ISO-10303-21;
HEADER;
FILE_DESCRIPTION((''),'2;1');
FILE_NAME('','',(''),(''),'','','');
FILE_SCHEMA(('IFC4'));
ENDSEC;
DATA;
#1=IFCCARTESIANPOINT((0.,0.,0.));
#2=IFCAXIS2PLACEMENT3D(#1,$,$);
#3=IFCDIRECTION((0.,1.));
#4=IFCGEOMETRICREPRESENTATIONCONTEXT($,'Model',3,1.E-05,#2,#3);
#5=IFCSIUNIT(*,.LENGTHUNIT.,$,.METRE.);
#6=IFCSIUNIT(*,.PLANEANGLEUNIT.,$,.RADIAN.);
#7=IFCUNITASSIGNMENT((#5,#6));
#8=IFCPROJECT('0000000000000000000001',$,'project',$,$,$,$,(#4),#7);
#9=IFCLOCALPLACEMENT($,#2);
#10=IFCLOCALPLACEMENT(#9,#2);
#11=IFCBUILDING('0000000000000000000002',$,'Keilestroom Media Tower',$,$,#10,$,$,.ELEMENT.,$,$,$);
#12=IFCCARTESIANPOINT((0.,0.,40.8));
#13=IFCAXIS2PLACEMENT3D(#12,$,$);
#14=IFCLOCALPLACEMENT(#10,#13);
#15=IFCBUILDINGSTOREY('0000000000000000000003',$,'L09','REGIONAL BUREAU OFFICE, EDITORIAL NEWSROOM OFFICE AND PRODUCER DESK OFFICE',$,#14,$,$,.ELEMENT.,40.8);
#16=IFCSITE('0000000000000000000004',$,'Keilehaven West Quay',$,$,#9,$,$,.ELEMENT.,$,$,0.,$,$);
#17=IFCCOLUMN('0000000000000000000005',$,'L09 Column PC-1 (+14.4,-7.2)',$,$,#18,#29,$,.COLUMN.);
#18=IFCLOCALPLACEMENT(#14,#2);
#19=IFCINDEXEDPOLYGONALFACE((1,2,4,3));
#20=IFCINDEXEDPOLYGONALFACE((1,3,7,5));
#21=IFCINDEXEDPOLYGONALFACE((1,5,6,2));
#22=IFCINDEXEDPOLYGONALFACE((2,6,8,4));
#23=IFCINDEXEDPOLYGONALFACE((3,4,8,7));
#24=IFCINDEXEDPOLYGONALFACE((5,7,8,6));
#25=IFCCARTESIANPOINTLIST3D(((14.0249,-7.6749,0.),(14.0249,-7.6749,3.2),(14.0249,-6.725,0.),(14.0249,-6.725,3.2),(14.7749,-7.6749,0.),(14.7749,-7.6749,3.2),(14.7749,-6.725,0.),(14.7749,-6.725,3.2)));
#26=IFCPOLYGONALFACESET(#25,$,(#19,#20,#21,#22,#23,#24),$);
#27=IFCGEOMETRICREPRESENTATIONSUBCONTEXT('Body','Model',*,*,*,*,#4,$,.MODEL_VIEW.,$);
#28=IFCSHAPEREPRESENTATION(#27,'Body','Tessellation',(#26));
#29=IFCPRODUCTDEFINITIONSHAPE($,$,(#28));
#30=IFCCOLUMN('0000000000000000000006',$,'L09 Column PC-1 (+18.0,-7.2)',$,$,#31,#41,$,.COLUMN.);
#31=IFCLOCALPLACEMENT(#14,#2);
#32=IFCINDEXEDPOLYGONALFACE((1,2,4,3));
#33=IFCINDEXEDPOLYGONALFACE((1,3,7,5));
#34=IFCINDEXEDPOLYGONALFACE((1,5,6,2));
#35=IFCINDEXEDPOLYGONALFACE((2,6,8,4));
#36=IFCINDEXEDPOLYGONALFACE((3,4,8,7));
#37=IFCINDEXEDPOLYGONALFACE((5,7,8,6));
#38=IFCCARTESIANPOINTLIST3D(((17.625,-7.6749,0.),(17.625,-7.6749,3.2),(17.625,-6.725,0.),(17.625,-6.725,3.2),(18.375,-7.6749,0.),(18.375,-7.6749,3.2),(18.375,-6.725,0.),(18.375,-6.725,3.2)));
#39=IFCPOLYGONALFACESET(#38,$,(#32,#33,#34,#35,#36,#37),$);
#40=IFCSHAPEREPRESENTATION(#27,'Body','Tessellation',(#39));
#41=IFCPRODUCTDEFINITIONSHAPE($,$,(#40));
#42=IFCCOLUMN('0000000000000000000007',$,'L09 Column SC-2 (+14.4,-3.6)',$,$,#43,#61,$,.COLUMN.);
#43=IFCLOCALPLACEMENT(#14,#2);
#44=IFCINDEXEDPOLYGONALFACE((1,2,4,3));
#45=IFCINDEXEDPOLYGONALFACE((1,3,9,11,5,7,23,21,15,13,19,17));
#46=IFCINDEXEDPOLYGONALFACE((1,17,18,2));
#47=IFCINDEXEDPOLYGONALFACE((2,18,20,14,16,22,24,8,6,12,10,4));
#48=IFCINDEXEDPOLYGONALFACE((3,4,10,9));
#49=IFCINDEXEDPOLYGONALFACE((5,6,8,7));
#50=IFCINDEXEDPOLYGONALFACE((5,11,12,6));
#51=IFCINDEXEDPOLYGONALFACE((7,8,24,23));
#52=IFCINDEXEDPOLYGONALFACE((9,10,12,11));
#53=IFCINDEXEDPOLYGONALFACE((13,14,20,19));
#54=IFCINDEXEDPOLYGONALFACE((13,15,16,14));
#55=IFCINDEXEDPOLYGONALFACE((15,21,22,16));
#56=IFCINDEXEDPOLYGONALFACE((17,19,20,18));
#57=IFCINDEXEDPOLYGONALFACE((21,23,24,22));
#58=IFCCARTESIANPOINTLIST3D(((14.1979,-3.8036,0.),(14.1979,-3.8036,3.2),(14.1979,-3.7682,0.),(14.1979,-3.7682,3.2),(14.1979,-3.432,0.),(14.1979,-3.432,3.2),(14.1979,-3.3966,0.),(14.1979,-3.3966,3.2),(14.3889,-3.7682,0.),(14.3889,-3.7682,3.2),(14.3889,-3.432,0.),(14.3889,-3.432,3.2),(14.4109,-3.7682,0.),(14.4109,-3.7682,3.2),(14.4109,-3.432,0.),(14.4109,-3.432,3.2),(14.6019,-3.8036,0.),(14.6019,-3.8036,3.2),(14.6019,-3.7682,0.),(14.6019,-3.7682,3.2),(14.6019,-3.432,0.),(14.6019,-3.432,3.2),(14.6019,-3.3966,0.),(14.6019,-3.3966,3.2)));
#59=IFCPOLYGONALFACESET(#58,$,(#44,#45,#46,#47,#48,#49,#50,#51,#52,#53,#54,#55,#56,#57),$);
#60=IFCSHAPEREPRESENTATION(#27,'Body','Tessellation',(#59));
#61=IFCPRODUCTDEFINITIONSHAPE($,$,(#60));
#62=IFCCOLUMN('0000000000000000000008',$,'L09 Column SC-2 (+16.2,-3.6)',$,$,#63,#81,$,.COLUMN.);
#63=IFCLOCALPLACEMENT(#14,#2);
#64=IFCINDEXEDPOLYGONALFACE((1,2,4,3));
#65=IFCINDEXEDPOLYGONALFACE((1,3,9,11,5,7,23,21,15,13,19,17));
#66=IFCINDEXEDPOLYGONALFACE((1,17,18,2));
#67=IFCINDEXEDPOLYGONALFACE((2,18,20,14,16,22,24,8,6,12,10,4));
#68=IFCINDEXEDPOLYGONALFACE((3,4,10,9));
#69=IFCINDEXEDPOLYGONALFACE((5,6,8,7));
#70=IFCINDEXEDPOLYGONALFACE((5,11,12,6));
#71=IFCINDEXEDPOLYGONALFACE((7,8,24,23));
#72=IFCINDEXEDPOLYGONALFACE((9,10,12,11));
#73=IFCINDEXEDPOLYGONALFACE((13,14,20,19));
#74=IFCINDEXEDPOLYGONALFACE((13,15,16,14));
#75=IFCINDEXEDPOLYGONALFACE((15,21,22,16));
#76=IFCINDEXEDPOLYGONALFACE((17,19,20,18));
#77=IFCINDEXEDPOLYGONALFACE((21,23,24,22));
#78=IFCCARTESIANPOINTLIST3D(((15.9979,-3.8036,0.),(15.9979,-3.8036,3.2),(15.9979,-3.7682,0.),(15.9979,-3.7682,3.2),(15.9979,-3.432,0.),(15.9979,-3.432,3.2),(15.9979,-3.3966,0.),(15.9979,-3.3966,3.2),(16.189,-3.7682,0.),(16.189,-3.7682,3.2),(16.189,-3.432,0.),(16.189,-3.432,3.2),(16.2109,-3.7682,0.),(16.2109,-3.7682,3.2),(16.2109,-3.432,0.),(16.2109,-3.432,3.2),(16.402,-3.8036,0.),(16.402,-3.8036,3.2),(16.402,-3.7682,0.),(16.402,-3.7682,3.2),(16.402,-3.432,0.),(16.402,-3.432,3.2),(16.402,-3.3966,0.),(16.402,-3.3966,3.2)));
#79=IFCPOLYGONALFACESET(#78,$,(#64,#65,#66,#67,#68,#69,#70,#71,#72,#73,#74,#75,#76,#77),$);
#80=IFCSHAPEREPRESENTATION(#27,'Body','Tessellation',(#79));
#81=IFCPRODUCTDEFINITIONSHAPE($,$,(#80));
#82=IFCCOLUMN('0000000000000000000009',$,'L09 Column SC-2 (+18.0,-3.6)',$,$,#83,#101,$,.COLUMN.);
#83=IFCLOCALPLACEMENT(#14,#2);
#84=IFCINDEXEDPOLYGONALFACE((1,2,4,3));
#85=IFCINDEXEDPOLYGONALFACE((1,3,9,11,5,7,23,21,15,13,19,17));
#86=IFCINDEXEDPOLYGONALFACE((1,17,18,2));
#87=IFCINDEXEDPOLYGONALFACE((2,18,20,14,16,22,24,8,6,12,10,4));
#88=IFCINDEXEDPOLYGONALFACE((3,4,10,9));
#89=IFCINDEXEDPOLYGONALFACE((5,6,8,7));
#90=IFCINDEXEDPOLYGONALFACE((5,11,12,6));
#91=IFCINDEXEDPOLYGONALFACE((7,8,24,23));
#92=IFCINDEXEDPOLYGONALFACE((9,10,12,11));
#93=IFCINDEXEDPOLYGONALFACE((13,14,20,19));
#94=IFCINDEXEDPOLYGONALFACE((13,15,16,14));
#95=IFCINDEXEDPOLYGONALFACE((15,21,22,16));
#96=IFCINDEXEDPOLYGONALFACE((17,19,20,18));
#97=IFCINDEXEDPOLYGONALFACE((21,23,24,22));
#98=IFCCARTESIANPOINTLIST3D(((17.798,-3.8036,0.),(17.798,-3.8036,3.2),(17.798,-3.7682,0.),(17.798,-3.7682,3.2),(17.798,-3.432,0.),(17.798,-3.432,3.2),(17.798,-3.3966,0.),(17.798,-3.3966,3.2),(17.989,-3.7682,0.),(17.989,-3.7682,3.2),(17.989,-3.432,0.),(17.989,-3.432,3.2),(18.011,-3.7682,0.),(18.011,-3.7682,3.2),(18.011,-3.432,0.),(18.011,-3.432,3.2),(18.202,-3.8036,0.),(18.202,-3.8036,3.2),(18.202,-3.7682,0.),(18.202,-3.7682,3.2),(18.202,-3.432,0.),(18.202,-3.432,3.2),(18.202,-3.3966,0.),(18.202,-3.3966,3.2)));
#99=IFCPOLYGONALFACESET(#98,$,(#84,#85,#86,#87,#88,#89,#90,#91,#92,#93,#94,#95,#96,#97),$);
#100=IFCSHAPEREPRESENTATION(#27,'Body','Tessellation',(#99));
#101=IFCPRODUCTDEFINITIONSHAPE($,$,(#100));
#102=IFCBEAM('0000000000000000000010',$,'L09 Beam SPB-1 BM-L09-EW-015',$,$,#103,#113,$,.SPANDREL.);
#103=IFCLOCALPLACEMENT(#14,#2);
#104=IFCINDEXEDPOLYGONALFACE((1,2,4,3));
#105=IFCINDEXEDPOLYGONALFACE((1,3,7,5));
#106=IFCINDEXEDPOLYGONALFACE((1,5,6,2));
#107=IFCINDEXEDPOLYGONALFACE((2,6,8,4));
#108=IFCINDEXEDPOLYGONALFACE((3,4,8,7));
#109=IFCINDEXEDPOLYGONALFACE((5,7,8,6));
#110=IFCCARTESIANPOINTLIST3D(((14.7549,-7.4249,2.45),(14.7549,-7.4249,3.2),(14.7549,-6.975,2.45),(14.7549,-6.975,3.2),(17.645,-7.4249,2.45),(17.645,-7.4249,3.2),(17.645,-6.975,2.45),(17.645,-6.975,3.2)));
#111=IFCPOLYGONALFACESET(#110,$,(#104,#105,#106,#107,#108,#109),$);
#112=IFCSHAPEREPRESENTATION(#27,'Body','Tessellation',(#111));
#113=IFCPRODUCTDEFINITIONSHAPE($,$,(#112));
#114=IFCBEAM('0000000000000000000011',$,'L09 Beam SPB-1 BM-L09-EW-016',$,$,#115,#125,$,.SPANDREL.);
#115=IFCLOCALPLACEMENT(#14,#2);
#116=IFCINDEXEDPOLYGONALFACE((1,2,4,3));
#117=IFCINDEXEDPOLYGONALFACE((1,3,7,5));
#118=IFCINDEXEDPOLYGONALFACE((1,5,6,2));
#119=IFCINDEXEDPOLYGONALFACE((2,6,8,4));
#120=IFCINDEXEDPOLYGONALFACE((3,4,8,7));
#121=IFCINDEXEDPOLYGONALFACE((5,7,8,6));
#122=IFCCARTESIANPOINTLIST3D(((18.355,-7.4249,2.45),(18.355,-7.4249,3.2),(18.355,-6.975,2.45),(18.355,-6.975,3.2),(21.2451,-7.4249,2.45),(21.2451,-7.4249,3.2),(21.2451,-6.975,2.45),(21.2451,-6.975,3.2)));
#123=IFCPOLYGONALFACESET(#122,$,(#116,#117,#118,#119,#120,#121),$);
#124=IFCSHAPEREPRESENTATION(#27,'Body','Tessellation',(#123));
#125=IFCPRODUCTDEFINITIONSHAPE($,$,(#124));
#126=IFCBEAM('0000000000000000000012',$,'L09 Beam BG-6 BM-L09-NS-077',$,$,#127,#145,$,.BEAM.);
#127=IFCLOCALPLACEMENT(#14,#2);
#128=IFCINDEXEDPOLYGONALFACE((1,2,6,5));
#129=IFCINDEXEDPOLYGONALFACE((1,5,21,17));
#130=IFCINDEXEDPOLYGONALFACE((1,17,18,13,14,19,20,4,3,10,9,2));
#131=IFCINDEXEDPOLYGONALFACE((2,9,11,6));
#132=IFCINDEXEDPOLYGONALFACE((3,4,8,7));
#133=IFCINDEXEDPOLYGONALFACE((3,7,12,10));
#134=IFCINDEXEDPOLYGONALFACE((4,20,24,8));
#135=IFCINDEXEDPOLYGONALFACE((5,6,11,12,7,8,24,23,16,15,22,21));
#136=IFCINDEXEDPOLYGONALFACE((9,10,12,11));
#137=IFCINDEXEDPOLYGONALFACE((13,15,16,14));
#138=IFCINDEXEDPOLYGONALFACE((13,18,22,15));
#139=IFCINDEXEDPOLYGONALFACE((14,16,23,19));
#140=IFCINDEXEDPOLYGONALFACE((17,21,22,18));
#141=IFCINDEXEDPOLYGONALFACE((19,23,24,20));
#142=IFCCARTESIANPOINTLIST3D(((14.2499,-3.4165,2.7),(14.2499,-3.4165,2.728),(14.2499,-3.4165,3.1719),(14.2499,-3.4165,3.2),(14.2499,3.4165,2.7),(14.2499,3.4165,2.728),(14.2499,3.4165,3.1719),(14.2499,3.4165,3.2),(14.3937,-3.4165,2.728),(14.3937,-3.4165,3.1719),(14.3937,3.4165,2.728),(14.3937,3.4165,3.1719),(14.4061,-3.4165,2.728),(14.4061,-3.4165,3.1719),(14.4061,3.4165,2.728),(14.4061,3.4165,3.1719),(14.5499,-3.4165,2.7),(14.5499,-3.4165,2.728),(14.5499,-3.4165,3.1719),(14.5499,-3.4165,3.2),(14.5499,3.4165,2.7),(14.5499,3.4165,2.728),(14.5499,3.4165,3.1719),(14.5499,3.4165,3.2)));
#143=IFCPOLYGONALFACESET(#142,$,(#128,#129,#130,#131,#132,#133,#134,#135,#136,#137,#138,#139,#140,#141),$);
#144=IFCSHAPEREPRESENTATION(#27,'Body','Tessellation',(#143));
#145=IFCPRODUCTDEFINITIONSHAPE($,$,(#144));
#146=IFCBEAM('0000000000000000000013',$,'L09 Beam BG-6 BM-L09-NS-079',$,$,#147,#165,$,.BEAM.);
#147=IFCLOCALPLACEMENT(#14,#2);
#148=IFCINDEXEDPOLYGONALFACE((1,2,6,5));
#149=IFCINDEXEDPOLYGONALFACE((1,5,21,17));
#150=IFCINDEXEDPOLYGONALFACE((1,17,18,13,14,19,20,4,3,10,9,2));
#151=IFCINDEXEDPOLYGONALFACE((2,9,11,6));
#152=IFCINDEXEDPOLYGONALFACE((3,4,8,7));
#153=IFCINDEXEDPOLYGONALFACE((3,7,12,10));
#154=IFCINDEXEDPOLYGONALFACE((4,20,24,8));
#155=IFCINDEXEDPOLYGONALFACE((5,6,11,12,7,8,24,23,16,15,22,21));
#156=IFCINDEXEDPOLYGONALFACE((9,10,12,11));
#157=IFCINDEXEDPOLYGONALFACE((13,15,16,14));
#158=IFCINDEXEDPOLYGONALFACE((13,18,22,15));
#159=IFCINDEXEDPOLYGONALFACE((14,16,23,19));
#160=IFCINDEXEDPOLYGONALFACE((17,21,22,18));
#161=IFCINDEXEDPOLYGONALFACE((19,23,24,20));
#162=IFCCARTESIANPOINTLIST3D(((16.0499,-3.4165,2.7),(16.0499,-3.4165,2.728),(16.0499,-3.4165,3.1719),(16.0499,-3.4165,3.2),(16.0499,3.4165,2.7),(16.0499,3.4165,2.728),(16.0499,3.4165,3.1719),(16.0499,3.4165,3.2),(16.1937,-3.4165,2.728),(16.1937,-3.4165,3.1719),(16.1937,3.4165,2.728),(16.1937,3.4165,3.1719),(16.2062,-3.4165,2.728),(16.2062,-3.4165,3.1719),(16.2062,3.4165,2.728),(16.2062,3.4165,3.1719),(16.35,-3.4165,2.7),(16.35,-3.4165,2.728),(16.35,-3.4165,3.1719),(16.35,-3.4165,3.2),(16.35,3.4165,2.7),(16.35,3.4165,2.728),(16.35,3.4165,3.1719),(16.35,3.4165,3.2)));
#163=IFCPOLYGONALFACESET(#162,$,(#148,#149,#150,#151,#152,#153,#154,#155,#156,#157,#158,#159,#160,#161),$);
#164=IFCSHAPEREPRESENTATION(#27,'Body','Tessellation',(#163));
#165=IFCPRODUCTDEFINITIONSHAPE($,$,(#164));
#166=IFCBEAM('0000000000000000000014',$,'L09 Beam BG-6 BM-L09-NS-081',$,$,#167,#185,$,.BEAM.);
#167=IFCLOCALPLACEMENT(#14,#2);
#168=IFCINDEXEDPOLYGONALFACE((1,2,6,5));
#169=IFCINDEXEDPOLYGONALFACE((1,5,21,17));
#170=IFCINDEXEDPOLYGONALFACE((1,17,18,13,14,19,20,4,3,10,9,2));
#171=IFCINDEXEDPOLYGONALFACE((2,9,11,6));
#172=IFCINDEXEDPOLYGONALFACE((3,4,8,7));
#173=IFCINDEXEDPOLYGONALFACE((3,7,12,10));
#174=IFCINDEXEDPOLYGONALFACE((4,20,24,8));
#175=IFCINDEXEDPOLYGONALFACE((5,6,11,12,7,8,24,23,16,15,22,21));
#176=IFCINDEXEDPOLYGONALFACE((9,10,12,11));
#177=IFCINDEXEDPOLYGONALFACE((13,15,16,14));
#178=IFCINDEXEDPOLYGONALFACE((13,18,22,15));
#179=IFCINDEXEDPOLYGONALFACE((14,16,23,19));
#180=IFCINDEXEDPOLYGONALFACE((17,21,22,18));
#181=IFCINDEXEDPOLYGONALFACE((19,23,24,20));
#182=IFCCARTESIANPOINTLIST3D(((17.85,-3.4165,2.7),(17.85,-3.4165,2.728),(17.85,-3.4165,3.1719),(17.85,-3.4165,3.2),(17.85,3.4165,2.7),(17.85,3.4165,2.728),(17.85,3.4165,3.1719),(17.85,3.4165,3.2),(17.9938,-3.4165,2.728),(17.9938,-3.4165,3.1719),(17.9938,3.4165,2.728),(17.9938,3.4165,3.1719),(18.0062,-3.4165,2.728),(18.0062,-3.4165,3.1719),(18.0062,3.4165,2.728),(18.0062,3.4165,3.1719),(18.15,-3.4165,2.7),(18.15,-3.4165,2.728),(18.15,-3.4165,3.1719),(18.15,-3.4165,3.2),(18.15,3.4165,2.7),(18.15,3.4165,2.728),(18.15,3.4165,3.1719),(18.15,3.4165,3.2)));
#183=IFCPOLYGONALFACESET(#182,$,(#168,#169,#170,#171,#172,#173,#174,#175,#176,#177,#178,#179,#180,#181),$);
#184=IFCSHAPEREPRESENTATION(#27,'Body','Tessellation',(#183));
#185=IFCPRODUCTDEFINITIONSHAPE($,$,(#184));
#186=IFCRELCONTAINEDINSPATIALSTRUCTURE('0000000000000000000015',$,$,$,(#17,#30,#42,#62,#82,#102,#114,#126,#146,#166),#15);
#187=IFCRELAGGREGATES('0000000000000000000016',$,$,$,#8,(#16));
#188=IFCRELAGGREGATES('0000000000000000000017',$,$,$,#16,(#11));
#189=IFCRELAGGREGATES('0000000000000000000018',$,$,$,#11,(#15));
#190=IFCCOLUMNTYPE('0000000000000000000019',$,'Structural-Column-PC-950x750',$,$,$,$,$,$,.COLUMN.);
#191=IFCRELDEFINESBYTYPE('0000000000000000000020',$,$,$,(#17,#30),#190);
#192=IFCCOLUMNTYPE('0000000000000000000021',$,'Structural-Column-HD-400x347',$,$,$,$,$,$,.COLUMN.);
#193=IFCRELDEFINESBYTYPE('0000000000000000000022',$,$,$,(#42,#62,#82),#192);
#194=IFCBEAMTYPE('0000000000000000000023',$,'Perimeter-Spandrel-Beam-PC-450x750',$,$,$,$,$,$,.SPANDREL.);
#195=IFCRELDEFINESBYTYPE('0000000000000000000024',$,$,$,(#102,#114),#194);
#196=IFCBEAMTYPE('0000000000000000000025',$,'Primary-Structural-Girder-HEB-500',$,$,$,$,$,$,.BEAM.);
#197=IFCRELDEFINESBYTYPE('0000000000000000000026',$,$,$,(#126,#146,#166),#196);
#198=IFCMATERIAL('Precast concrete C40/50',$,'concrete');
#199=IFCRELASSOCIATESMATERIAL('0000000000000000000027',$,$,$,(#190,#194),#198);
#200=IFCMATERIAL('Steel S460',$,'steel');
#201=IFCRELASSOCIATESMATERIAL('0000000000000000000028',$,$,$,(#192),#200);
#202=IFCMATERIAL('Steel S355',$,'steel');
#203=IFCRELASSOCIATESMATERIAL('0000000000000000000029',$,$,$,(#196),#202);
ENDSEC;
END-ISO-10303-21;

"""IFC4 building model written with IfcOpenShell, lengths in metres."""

from ifc_helpers import new_model, si_unit, direction, frame, origin, origin_2d, place, context, subcontext, project, spatial, rectangle, i_section, extrude, source, transform, mapped, material, material_profile, profile_set, type_object, element, save


model = new_model("IFC4")

# Units and contexts
model_context = context("Model", 3, precision=1e-05, world=origin(), true_north=direction((0.0, 1.0)))
body_context = subcontext(model_context, "Body", "Model", "MODEL_VIEW")
ifc_project = project(units=[si_unit("LENGTHUNIT", "METRE"), si_unit("PLANEANGLEUNIT", "RADIAN")], contexts=[model_context])

# Site, building, storey
site_placement = place(None, origin())
site = spatial("IfcSite", under=ifc_project, at=site_placement, Name="Keilehaven West Quay", CompositionType="ELEMENT", RefElevation=0.0)
building_placement = place(site_placement, origin())
building = spatial("IfcBuilding", under=site, at=building_placement, Name="Keilestroom Media Tower", CompositionType="ELEMENT")
storey_placement = place(building_placement, frame((0.0, 0.0, 40.8)))
storey = spatial("IfcBuildingStorey", under=building, at=storey_placement, Name="L09", Description="REGIONAL BUREAU OFFICE, EDITORIAL NEWSROOM OFFICE AND PRODUCER DESK OFFICE", CompositionType="ELEMENT", Elevation=40.8)

# Columns
ifc_material_1 = material(Name="Precast concrete C40/50", Category="concrete")
ifc_material_profile_1 = material_profile(ifc_material_1, rectangle(XDim=0.75, YDim=0.95, at=origin_2d()), Name="PC 950x750")
ifc_profile_set_1 = profile_set([ifc_material_profile_1], Name="Precast concrete C40/50")
column_type_1 = type_object("IfcColumnType", Name="Structural-Column-PC-950x750", PredefinedType="COLUMN", material=ifc_profile_set_1)
shared_shape_1 = source(origin(), body_context, "Body", "SweptSolid", [
    extrude(rectangle(XDim=0.75, YDim=0.95, at=origin_2d()), origin(), (0.0, 0.0, 1.0), 3.2),
])
for number, where, z_axis, x_axis, name in (
    (1, (14.3999, -7.2, 0.0), (0.0, 0.0, 1.0), (1.0, 0.0, 0.0), "L09 Column PC-1 (+14.4,-7.2)"),
    (2, (18.0, -7.2, 0.0), (0.0, 0.0, 1.0), (1.0, 0.0, 0.0), "L09 Column PC-1 (+18.0,-7.2)"),
):
    element("IfcColumn", number, at=place(storey_placement, frame(where, z_axis=z_axis, x_axis=x_axis)), inside=storey, type_object=column_type_1, Name=name, PredefinedType="COLUMN", context=body_context, shape_type="MappedRepresentation", body=[
        mapped(shared_shape_1, transform((0.0, 0.0, 0.0), x_axis=(1.0, 0.0, 0.0), y_axis=(0.0, 1.0, 0.0), z_axis=(0.0, 0.0, 1.0), scale=1.0)),
    ])
ifc_material_2 = material(Name="Steel S460", Category="steel")
ifc_material_profile_2 = material_profile(ifc_material_2, i_section(OverallWidth=0.4041, OverallDepth=0.407, WebThickness=0.022, FlangeThickness=0.0354, at=origin_2d()), Name="HD 400x347")
ifc_profile_set_2 = profile_set([ifc_material_profile_2], Name="Steel S460")
column_type_2 = type_object("IfcColumnType", Name="Structural-Column-HD-400x347", PredefinedType="COLUMN", material=ifc_profile_set_2)
shared_shape_2 = source(origin(), body_context, "Body", "SweptSolid", [
    extrude(i_section(OverallWidth=0.4041, OverallDepth=0.407, WebThickness=0.022, FlangeThickness=0.0354, at=origin_2d()), origin(), (0.0, 0.0, 1.0), 3.2),
])
for number, where, z_axis, x_axis, name in (
    (3, (14.3999, -3.6001, 0.0), (0.0, 0.0, 1.0), (1.0, 0.0, 0.0), "L09 Column SC-2 (+14.4,-3.6)"),
    (4, (16.2, -3.6001, 0.0), (0.0, 0.0, 1.0), (1.0, 0.0, 0.0), "L09 Column SC-2 (+16.2,-3.6)"),
    (5, (18.0, -3.6001, 0.0), (0.0, 0.0, 1.0), (1.0, 0.0, 0.0), "L09 Column SC-2 (+18.0,-3.6)"),
):
    element("IfcColumn", number, at=place(storey_placement, frame(where, z_axis=z_axis, x_axis=x_axis)), inside=storey, type_object=column_type_2, Name=name, PredefinedType="COLUMN", context=body_context, shape_type="MappedRepresentation", body=[
        mapped(shared_shape_2, transform((0.0, 0.0, 0.0), x_axis=(1.0, 0.0, 0.0), y_axis=(0.0, 1.0, 0.0), z_axis=(0.0, 0.0, 1.0), scale=1.0)),
    ])

# Beams
ifc_material_profile_3 = material_profile(ifc_material_1, rectangle(XDim=0.45, YDim=0.75, at=origin_2d()), Name="PC 450x750")
ifc_profile_set_3 = profile_set([ifc_material_profile_3], Name="Precast concrete C40/50")
beam_type_1 = type_object("IfcBeamType", Name="Perimeter-Spandrel-Beam-PC-450x750", PredefinedType="SPANDREL", material=ifc_profile_set_3)
shared_shape_3 = source(origin(), body_context, "Body", "SweptSolid", [
    extrude(rectangle(XDim=0.45, YDim=0.75, at=origin_2d()), origin(), (0.0, 0.0, 1.0), 2.8901),
])
for number, where, z_axis, x_axis, name in (
    (6, (14.7549, -7.2, 2.825), (1.0, 0.0, 0.0), (0.0, 1.0, 0.0), "L09 Beam SPB-1 BM-L09-EW-015"),
    (7, (18.355, -7.2, 2.825), (1.0, 0.0, 0.0), (0.0, 1.0, 0.0), "L09 Beam SPB-1 BM-L09-EW-016"),
):
    element("IfcBeam", number, at=place(storey_placement, frame(where, z_axis=z_axis, x_axis=x_axis)), inside=storey, type_object=beam_type_1, Name=name, PredefinedType="SPANDREL", context=body_context, shape_type="MappedRepresentation", body=[
        mapped(shared_shape_3, transform((0.0, 0.0, 0.0), x_axis=(1.0, 0.0, 0.0), y_axis=(0.0, 1.0, 0.0), z_axis=(0.0, 0.0, 1.0), scale=1.0)),
    ])
ifc_material_3 = material(Name="Steel S355", Category="steel")
ifc_material_profile_4 = material_profile(ifc_material_3, i_section(OverallWidth=0.3, OverallDepth=0.5, WebThickness=0.0125, FlangeThickness=0.0281, at=origin_2d()), Name="HEB 500")
ifc_profile_set_4 = profile_set([ifc_material_profile_4], Name="Steel S355")
beam_type_2 = type_object("IfcBeamType", Name="Primary-Structural-Girder-HEB-500", PredefinedType="BEAM", material=ifc_profile_set_4)
shared_shape_4 = source(origin(), body_context, "Body", "SweptSolid", [
    extrude(i_section(OverallWidth=0.3, OverallDepth=0.5, WebThickness=0.0125, FlangeThickness=0.0281, at=origin_2d()), origin(), (0.0, 0.0, 1.0), 6.833),
])
for number, where, z_axis, x_axis, name in (
    (8, (14.3999, -3.4165, 2.95), (0.0, 1.0, 0.0), (-1.0, 0.0, 0.0), "L09 Beam BG-6 BM-L09-NS-077"),
    (9, (16.2, -3.4165, 2.95), (0.0, 1.0, 0.0), (-1.0, 0.0, 0.0), "L09 Beam BG-6 BM-L09-NS-079"),
    (10, (18.0, -3.4165, 2.95), (0.0, 1.0, 0.0), (-1.0, 0.0, 0.0), "L09 Beam BG-6 BM-L09-NS-081"),
):
    element("IfcBeam", number, at=place(storey_placement, frame(where, z_axis=z_axis, x_axis=x_axis)), inside=storey, type_object=beam_type_2, Name=name, PredefinedType="BEAM", context=body_context, shape_type="MappedRepresentation", body=[
        mapped(shared_shape_4, transform((0.0, 0.0, 0.0), x_axis=(1.0, 0.0, 0.0), y_axis=(0.0, 1.0, 0.0), z_axis=(0.0, 0.0, 1.0), scale=1.0)),
    ])

save(model, "model.ifc")
